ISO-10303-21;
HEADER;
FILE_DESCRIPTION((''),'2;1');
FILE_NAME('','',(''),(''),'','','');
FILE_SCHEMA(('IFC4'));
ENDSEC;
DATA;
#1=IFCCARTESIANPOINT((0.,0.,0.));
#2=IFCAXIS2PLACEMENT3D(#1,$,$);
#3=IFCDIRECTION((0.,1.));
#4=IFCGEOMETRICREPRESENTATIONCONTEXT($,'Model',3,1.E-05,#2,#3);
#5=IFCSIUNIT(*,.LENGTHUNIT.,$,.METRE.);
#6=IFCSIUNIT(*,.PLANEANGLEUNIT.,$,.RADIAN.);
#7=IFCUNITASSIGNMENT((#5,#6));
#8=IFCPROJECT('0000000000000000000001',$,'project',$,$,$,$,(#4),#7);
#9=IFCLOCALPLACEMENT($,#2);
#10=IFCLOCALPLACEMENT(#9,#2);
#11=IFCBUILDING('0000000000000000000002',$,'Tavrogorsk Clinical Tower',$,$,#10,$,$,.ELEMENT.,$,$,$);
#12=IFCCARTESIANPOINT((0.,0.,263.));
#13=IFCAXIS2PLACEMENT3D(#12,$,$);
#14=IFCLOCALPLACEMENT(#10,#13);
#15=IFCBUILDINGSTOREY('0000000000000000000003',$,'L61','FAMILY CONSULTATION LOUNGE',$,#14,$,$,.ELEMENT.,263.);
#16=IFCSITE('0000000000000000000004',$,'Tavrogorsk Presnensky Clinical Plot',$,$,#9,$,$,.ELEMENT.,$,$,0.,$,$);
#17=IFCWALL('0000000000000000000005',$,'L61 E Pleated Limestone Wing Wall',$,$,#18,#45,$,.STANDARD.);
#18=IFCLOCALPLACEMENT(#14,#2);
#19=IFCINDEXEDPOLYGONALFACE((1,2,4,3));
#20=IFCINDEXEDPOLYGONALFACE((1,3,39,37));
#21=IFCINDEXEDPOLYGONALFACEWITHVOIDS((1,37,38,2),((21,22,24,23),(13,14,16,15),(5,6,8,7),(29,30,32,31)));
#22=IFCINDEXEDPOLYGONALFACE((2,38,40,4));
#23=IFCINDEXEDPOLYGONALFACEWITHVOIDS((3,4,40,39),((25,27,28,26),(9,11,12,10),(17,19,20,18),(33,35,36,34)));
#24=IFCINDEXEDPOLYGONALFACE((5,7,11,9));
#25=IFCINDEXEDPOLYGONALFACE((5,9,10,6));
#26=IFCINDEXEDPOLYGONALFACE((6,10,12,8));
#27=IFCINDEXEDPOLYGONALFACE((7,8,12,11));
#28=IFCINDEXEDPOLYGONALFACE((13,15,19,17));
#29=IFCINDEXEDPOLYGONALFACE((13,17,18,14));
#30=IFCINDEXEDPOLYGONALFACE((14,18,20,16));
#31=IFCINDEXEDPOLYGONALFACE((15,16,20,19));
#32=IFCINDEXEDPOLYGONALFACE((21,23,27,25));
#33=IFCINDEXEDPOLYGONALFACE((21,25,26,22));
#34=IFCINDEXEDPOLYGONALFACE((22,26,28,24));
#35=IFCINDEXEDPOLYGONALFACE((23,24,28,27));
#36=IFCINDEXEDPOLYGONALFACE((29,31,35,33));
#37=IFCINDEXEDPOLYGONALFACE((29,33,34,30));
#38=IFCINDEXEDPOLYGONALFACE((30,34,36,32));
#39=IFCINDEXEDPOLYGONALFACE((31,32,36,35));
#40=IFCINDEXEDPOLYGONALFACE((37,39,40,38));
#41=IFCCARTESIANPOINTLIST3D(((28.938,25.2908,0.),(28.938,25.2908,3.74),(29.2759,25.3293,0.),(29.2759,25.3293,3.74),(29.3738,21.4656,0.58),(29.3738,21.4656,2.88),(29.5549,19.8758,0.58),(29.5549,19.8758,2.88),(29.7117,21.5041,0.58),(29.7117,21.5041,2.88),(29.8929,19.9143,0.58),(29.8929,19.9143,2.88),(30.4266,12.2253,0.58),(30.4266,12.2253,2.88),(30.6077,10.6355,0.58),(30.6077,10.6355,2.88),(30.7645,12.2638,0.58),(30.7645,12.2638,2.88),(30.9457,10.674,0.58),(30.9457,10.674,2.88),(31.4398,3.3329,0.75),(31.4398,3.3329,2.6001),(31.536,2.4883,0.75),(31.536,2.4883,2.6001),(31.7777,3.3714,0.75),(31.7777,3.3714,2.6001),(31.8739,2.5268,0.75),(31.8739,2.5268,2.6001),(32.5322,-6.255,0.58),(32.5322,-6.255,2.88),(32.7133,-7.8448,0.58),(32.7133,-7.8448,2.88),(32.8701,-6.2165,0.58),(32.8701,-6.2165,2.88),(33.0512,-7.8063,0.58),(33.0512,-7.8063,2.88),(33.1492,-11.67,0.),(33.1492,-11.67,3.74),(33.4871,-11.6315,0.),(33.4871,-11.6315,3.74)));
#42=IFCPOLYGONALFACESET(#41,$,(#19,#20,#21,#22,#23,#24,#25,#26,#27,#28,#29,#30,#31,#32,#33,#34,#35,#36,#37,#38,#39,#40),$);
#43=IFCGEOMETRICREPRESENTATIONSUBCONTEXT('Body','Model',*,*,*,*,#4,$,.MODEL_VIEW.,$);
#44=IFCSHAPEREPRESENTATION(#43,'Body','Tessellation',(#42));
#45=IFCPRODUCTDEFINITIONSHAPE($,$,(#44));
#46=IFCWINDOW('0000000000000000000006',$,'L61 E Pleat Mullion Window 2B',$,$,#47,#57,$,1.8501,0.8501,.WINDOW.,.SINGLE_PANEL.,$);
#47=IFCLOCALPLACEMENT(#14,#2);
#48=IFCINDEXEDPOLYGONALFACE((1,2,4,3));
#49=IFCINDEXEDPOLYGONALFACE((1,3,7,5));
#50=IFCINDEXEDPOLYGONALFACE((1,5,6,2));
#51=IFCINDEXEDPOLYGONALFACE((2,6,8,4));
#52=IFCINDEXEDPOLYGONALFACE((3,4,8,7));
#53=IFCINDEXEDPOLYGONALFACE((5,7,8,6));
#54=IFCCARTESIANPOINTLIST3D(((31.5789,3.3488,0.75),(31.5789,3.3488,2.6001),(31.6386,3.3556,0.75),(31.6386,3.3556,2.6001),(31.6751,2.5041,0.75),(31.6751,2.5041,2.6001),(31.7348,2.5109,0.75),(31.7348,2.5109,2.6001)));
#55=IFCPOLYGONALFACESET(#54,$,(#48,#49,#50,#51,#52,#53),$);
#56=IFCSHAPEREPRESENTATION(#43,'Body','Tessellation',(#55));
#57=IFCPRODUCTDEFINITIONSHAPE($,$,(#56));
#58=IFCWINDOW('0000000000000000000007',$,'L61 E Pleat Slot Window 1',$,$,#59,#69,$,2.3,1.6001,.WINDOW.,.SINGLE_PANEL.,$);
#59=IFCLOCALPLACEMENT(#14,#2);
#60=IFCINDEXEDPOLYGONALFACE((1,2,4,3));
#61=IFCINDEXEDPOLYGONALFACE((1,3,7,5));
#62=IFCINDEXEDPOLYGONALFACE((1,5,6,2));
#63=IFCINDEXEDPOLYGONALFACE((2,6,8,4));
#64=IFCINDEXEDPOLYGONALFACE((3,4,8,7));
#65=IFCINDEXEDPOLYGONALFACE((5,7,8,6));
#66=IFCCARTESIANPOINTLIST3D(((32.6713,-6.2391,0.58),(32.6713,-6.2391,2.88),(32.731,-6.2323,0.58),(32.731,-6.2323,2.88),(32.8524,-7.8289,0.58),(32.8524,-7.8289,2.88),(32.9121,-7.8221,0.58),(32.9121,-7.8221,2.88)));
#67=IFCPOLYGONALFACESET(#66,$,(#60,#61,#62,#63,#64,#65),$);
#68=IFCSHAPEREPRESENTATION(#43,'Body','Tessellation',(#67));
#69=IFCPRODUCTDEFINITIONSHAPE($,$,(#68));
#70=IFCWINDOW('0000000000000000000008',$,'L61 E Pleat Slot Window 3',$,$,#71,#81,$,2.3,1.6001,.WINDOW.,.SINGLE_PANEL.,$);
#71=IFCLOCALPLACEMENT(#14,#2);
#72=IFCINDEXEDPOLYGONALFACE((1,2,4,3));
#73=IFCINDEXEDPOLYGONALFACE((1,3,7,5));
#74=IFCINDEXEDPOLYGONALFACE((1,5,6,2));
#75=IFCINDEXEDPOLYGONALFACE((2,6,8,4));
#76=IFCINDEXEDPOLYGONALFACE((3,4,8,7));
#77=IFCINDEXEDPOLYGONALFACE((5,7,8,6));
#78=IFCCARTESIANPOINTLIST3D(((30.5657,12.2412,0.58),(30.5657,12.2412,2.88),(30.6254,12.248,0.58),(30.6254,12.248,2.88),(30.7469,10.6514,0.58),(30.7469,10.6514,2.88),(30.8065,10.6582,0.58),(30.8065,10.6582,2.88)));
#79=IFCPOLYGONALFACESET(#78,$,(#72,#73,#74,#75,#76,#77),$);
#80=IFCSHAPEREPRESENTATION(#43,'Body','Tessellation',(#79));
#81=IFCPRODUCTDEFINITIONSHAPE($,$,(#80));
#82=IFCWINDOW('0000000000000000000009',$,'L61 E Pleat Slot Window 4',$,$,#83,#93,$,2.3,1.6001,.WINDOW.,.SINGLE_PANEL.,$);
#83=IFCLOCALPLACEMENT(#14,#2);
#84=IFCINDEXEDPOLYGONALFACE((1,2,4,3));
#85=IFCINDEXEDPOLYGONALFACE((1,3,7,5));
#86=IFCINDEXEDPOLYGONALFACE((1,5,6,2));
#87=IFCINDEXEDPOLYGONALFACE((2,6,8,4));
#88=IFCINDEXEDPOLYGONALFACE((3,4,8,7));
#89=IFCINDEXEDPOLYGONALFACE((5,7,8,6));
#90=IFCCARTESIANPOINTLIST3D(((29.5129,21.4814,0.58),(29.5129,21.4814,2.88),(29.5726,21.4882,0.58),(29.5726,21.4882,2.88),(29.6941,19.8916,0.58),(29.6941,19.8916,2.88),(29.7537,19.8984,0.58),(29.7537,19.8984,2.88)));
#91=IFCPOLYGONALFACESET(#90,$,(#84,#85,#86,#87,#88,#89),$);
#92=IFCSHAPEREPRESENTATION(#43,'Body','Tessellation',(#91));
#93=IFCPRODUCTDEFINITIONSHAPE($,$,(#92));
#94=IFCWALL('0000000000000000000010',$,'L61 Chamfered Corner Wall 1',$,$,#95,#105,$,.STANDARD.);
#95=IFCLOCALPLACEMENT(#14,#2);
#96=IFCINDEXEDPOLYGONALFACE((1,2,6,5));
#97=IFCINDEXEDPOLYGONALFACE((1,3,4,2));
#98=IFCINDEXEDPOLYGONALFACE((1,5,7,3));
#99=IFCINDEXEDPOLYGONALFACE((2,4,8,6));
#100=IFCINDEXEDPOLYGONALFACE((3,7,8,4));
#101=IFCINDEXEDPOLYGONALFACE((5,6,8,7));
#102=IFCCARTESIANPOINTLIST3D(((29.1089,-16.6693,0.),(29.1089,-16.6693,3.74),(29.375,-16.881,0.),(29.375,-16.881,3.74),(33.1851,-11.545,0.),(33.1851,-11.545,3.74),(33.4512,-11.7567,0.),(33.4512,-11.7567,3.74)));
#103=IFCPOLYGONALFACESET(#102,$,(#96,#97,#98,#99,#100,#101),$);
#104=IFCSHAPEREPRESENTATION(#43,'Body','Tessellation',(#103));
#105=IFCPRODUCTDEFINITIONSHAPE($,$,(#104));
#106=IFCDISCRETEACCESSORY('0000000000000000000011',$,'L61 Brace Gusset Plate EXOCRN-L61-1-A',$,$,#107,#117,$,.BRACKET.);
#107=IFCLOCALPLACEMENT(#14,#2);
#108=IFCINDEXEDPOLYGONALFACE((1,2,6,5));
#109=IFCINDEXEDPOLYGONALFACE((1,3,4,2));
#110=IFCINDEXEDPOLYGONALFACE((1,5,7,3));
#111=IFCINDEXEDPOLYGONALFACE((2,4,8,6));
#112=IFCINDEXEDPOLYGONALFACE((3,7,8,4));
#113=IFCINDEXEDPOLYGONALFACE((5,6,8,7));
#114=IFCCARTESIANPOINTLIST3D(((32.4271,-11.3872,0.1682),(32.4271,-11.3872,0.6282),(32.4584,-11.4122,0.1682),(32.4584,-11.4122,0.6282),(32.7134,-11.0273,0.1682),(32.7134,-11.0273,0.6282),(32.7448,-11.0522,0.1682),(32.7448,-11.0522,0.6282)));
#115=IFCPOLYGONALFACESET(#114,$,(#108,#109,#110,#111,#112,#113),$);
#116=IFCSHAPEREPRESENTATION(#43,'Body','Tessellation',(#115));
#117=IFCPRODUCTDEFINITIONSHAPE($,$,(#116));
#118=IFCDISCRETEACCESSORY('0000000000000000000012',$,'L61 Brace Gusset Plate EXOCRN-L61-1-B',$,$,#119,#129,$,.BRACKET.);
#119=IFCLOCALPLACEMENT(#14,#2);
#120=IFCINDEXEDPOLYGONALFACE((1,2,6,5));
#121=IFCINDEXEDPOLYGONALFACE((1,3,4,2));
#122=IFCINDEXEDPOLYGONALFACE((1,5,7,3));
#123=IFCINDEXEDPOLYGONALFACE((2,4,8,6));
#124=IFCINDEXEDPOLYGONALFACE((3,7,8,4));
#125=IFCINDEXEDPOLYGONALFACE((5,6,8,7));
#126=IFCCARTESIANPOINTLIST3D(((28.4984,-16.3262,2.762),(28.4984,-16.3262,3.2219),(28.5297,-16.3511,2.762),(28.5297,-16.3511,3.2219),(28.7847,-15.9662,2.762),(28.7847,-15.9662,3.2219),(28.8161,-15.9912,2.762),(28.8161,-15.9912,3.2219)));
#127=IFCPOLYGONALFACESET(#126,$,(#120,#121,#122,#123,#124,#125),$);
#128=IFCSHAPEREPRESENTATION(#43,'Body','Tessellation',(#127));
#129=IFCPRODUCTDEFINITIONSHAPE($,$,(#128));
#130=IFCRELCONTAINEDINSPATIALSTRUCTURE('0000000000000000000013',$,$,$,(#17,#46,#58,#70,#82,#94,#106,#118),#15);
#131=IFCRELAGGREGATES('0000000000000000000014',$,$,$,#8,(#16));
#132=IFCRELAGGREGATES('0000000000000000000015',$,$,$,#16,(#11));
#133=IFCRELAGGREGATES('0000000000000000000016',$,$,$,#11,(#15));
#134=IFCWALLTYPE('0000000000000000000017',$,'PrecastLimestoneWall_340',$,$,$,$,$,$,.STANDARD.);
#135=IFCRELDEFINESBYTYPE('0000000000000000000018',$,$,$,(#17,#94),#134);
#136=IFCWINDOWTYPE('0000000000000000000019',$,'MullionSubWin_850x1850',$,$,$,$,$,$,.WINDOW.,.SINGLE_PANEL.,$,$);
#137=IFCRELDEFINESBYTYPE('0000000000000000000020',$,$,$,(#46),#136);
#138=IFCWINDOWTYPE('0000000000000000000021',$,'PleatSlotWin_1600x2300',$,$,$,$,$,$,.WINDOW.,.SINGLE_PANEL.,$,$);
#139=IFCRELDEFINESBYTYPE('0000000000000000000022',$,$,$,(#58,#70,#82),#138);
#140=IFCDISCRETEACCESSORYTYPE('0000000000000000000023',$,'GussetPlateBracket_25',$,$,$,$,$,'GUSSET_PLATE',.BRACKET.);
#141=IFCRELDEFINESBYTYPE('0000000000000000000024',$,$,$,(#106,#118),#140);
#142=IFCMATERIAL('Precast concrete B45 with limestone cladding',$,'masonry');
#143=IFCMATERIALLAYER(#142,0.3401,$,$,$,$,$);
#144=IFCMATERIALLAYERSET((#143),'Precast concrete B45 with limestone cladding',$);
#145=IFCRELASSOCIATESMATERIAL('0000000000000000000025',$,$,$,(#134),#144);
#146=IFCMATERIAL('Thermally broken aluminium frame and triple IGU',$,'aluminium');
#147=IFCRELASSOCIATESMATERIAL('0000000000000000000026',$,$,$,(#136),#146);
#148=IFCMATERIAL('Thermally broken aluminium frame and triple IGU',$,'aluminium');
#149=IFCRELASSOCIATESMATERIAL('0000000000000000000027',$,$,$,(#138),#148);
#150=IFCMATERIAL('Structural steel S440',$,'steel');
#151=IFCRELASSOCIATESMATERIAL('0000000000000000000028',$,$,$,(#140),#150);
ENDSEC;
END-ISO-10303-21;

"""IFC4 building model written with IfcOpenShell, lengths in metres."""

from ifc_helpers import new_model, si_unit, direction, frame, frame_2d, origin, origin_2d, place, context, subcontext, project, spatial, rectangle, extrude, material, layer, layer_set, type_object, element, fill, save


model = new_model("IFC4")

# Units and contexts
model_context = context("Model", 3, precision=1e-05, world=origin(), true_north=direction((0.0, 1.0)))
body_context = subcontext(model_context, "Body", "Model", "MODEL_VIEW")
ifc_project = project(units=[si_unit("LENGTHUNIT", "METRE"), si_unit("PLANEANGLEUNIT", "RADIAN")], contexts=[model_context])

# Site, building, storey
site_placement = place(None, origin())
site = spatial("IfcSite", under=ifc_project, at=site_placement, Name="Tavrogorsk Presnensky Clinical Plot", CompositionType="ELEMENT", RefElevation=0.0)
building_placement = place(site_placement, origin())
building = spatial("IfcBuilding", under=site, at=building_placement, Name="Tavrogorsk Clinical Tower", CompositionType="ELEMENT")
storey_placement = place(building_placement, frame((0.0, 0.0, 263.0)))
storey = spatial("IfcBuildingStorey", under=building, at=storey_placement, Name="L61", Description="FAMILY CONSULTATION LOUNGE", CompositionType="ELEMENT", Elevation=263.0)

# Wall, openings, windows
ifc_material_1 = material(Name="Precast concrete B45 with limestone cladding", Category="masonry")
ifc_layer_1 = layer(ifc_material_1, 0.3401)
ifc_layer_set_1 = layer_set([ifc_layer_1], Name="Precast concrete B45 with limestone cladding")
wall_type_1 = type_object("IfcWallType", Name="PrecastLimestoneWall_340", PredefinedType="STANDARD", material=ifc_layer_set_1)
wall_1_placement = place(storey_placement, frame((33.3181, -11.6509, 0.0), z_axis=(0.0, 0.0, 1.0), x_axis=(-0.113204, 0.993572, 0.0)))
wall_1 = element("IfcWall", 1, at=wall_1_placement, inside=storey, type_object=wall_type_1, Name="L61 E Pleated Limestone Wing Wall", PredefinedType="STANDARD", context=body_context, shape_type="SweptSolid", body=[
    extrude(rectangle(XDim=37.2, YDim=0.3401, at=frame_2d((18.6001, 0.0))), origin(), (0.0, 0.0, 1.0), 3.74),
])
opening_1_placement = place(wall_1_placement, frame((3.8501, 0.0, 0.5801)))
opening_1 = element("IfcOpeningElement", 2, at=opening_1_placement, cuts=wall_1, PredefinedType="OPENING", context=body_context, shape_type="SweptSolid", body=[
    extrude(rectangle(XDim=1.6001, YDim=2.3, at=frame_2d((0.8, 1.1499))), frame((0.0, 0.1799, 0.0), z_axis=(0.0, -1.0, 0.0), x_axis=(1.0, 0.0, 0.0)), (0.0, 0.0, 1.0), 0.3601),
])
opening_2_placement = place(wall_1_placement, frame((14.25, 0.0, 0.75)))
opening_2 = element("IfcOpeningElement", 3, at=opening_2_placement, cuts=wall_1, PredefinedType="OPENING", context=body_context, shape_type="SweptSolid", body=[
    extrude(rectangle(XDim=0.8501, YDim=1.8501, at=frame_2d((0.425, 0.925))), frame((0.0, 0.1799, 0.0), z_axis=(0.0, -1.0, 0.0), x_axis=(1.0, 0.0, 0.0)), (0.0, 0.0, 1.0), 0.3601),
])
opening_3_placement = place(wall_1_placement, frame((22.45, 0.0, 0.5801)))
opening_3 = element("IfcOpeningElement", 4, at=opening_3_placement, cuts=wall_1, PredefinedType="OPENING", context=body_context, shape_type="SweptSolid", body=[
    extrude(rectangle(XDim=1.6001, YDim=2.3, at=frame_2d((0.8, 1.1499))), frame((0.0, 0.1799, 0.0), z_axis=(0.0, -1.0, 0.0), x_axis=(1.0, 0.0, 0.0)), (0.0, 0.0, 1.0), 0.3601),
])
opening_4_placement = place(wall_1_placement, frame((31.75, 0.0, 0.5801)))
opening_4 = element("IfcOpeningElement", 5, at=opening_4_placement, cuts=wall_1, PredefinedType="OPENING", context=body_context, shape_type="SweptSolid", body=[
    extrude(rectangle(XDim=1.6001, YDim=2.3, at=frame_2d((0.8, 1.1499))), frame((0.0, 0.1799, 0.0), z_axis=(0.0, -1.0, 0.0), x_axis=(1.0, 0.0, 0.0)), (0.0, 0.0, 1.0), 0.3601),
])
ifc_material_2 = material(Name="Thermally broken aluminium frame and triple IGU", Category="aluminium")
window_type_1 = type_object("IfcWindowType", Name="MullionSubWin_850x1850", PartitioningType="SINGLE_PANEL", PredefinedType="WINDOW", material=ifc_material_2)
window_1_placement = place(opening_2_placement, origin())
window_1 = element("IfcWindow", 6, at=window_1_placement, inside=storey, type_object=window_type_1, Name="L61 E Pleat Mullion Window 2B", OverallHeight=1.8501, OverallWidth=0.8501, PartitioningType="SINGLE_PANEL", PredefinedType="WINDOW", context=body_context, shape_type="SweptSolid", body=[
    extrude(rectangle(XDim=0.8501, YDim=1.8501, at=frame_2d((0.425, 0.925))), frame((0.0, 0.03, 0.0), z_axis=(0.0, -1.0, 0.0), x_axis=(1.0, 0.0, 0.0)), (0.0, 0.0, 1.0), 0.0601),
])
fill(opening_2, window_1)
ifc_material_3 = material(Name="Thermally broken aluminium frame and triple IGU", Category="aluminium")
window_type_2 = type_object("IfcWindowType", Name="PleatSlotWin_1600x2300", PartitioningType="SINGLE_PANEL", PredefinedType="WINDOW", material=ifc_material_3)
window_2_placement = place(opening_1_placement, origin())
window_2 = element("IfcWindow", 7, at=window_2_placement, inside=storey, type_object=window_type_2, Name="L61 E Pleat Slot Window 1", OverallHeight=2.3, OverallWidth=1.6001, PartitioningType="SINGLE_PANEL", PredefinedType="WINDOW", context=body_context, shape_type="SweptSolid", body=[
    extrude(rectangle(XDim=1.6001, YDim=2.3, at=frame_2d((0.8, 1.1499))), frame((0.0, 0.03, 0.0), z_axis=(0.0, -1.0, 0.0), x_axis=(1.0, 0.0, 0.0)), (0.0, 0.0, 1.0), 0.0601),
])
fill(opening_1, window_2)
window_3_placement = place(opening_3_placement, origin())
window_3 = element("IfcWindow", 8, at=window_3_placement, inside=storey, type_object=window_type_2, Name="L61 E Pleat Slot Window 3", OverallHeight=2.3, OverallWidth=1.6001, PartitioningType="SINGLE_PANEL", PredefinedType="WINDOW", context=body_context, shape_type="SweptSolid", body=[
    extrude(rectangle(XDim=1.6001, YDim=2.3, at=frame_2d((0.8, 1.1499))), frame((0.0, 0.03, 0.0), z_axis=(0.0, -1.0, 0.0), x_axis=(1.0, 0.0, 0.0)), (0.0, 0.0, 1.0), 0.0601),
])
fill(opening_3, window_3)
window_4_placement = place(opening_4_placement, origin())
window_4 = element("IfcWindow", 9, at=window_4_placement, inside=storey, type_object=window_type_2, Name="L61 E Pleat Slot Window 4", OverallHeight=2.3, OverallWidth=1.6001, PartitioningType="SINGLE_PANEL", PredefinedType="WINDOW", context=body_context, shape_type="SweptSolid", body=[
    extrude(rectangle(XDim=1.6001, YDim=2.3, at=frame_2d((0.8, 1.1499))), frame((0.0, 0.03, 0.0), z_axis=(0.0, -1.0, 0.0), x_axis=(1.0, 0.0, 0.0)), (0.0, 0.0, 1.0), 0.0601),
])
fill(opening_4, window_4)

# Wall
wall_2_placement = place(storey_placement, frame((29.2419, -16.7751, 0.0), z_axis=(0.0, 0.0, 1.0), x_axis=(0.622528, 0.782597, 0.0)))
element("IfcWall", 10, at=wall_2_placement, inside=storey, type_object=wall_type_1, Name="L61 Chamfered Corner Wall 1", PredefinedType="STANDARD", context=body_context, shape_type="SweptSolid", body=[
    extrude(rectangle(XDim=6.5479, YDim=0.3401, at=frame_2d((3.2739, 0.0))), origin(), (0.0, 0.0, 1.0), 3.74),
])

# Discrete accessories
ifc_material_4 = material(Name="Structural steel S440", Category="steel")
discrete_accessory_type = type_object("IfcDiscreteAccessoryType", Name="GussetPlateBracket_25", ElementType="GUSSET_PLATE", PredefinedType="BRACKET", material=ifc_material_4)
for number, where, z_axis, x_axis, name in (
    (11, (32.5859, -11.2197, 0.1682), (0.0, 0.0, 1.0), (-0.622515, -0.782608, 0.0), "L61 Brace Gusset Plate EXOCRN-L61-1-A"),
    (12, (28.6572, -16.1587, 2.762), (0.0, 0.0, 1.0), (-0.622515, -0.782608, 0.0), "L61 Brace Gusset Plate EXOCRN-L61-1-B"),
):
    element("IfcDiscreteAccessory", number, at=place(storey_placement, frame(where, z_axis=z_axis, x_axis=x_axis)), inside=storey, type_object=discrete_accessory_type, Name=name, PredefinedType="BRACKET", context=body_context, shape_type="SweptSolid", body=[
        extrude(rectangle(XDim=0.46, YDim=0.04, at=origin_2d()), origin(), (0.0, 0.0, 1.0), 0.46),
    ])

save(model, "model.ifc")
